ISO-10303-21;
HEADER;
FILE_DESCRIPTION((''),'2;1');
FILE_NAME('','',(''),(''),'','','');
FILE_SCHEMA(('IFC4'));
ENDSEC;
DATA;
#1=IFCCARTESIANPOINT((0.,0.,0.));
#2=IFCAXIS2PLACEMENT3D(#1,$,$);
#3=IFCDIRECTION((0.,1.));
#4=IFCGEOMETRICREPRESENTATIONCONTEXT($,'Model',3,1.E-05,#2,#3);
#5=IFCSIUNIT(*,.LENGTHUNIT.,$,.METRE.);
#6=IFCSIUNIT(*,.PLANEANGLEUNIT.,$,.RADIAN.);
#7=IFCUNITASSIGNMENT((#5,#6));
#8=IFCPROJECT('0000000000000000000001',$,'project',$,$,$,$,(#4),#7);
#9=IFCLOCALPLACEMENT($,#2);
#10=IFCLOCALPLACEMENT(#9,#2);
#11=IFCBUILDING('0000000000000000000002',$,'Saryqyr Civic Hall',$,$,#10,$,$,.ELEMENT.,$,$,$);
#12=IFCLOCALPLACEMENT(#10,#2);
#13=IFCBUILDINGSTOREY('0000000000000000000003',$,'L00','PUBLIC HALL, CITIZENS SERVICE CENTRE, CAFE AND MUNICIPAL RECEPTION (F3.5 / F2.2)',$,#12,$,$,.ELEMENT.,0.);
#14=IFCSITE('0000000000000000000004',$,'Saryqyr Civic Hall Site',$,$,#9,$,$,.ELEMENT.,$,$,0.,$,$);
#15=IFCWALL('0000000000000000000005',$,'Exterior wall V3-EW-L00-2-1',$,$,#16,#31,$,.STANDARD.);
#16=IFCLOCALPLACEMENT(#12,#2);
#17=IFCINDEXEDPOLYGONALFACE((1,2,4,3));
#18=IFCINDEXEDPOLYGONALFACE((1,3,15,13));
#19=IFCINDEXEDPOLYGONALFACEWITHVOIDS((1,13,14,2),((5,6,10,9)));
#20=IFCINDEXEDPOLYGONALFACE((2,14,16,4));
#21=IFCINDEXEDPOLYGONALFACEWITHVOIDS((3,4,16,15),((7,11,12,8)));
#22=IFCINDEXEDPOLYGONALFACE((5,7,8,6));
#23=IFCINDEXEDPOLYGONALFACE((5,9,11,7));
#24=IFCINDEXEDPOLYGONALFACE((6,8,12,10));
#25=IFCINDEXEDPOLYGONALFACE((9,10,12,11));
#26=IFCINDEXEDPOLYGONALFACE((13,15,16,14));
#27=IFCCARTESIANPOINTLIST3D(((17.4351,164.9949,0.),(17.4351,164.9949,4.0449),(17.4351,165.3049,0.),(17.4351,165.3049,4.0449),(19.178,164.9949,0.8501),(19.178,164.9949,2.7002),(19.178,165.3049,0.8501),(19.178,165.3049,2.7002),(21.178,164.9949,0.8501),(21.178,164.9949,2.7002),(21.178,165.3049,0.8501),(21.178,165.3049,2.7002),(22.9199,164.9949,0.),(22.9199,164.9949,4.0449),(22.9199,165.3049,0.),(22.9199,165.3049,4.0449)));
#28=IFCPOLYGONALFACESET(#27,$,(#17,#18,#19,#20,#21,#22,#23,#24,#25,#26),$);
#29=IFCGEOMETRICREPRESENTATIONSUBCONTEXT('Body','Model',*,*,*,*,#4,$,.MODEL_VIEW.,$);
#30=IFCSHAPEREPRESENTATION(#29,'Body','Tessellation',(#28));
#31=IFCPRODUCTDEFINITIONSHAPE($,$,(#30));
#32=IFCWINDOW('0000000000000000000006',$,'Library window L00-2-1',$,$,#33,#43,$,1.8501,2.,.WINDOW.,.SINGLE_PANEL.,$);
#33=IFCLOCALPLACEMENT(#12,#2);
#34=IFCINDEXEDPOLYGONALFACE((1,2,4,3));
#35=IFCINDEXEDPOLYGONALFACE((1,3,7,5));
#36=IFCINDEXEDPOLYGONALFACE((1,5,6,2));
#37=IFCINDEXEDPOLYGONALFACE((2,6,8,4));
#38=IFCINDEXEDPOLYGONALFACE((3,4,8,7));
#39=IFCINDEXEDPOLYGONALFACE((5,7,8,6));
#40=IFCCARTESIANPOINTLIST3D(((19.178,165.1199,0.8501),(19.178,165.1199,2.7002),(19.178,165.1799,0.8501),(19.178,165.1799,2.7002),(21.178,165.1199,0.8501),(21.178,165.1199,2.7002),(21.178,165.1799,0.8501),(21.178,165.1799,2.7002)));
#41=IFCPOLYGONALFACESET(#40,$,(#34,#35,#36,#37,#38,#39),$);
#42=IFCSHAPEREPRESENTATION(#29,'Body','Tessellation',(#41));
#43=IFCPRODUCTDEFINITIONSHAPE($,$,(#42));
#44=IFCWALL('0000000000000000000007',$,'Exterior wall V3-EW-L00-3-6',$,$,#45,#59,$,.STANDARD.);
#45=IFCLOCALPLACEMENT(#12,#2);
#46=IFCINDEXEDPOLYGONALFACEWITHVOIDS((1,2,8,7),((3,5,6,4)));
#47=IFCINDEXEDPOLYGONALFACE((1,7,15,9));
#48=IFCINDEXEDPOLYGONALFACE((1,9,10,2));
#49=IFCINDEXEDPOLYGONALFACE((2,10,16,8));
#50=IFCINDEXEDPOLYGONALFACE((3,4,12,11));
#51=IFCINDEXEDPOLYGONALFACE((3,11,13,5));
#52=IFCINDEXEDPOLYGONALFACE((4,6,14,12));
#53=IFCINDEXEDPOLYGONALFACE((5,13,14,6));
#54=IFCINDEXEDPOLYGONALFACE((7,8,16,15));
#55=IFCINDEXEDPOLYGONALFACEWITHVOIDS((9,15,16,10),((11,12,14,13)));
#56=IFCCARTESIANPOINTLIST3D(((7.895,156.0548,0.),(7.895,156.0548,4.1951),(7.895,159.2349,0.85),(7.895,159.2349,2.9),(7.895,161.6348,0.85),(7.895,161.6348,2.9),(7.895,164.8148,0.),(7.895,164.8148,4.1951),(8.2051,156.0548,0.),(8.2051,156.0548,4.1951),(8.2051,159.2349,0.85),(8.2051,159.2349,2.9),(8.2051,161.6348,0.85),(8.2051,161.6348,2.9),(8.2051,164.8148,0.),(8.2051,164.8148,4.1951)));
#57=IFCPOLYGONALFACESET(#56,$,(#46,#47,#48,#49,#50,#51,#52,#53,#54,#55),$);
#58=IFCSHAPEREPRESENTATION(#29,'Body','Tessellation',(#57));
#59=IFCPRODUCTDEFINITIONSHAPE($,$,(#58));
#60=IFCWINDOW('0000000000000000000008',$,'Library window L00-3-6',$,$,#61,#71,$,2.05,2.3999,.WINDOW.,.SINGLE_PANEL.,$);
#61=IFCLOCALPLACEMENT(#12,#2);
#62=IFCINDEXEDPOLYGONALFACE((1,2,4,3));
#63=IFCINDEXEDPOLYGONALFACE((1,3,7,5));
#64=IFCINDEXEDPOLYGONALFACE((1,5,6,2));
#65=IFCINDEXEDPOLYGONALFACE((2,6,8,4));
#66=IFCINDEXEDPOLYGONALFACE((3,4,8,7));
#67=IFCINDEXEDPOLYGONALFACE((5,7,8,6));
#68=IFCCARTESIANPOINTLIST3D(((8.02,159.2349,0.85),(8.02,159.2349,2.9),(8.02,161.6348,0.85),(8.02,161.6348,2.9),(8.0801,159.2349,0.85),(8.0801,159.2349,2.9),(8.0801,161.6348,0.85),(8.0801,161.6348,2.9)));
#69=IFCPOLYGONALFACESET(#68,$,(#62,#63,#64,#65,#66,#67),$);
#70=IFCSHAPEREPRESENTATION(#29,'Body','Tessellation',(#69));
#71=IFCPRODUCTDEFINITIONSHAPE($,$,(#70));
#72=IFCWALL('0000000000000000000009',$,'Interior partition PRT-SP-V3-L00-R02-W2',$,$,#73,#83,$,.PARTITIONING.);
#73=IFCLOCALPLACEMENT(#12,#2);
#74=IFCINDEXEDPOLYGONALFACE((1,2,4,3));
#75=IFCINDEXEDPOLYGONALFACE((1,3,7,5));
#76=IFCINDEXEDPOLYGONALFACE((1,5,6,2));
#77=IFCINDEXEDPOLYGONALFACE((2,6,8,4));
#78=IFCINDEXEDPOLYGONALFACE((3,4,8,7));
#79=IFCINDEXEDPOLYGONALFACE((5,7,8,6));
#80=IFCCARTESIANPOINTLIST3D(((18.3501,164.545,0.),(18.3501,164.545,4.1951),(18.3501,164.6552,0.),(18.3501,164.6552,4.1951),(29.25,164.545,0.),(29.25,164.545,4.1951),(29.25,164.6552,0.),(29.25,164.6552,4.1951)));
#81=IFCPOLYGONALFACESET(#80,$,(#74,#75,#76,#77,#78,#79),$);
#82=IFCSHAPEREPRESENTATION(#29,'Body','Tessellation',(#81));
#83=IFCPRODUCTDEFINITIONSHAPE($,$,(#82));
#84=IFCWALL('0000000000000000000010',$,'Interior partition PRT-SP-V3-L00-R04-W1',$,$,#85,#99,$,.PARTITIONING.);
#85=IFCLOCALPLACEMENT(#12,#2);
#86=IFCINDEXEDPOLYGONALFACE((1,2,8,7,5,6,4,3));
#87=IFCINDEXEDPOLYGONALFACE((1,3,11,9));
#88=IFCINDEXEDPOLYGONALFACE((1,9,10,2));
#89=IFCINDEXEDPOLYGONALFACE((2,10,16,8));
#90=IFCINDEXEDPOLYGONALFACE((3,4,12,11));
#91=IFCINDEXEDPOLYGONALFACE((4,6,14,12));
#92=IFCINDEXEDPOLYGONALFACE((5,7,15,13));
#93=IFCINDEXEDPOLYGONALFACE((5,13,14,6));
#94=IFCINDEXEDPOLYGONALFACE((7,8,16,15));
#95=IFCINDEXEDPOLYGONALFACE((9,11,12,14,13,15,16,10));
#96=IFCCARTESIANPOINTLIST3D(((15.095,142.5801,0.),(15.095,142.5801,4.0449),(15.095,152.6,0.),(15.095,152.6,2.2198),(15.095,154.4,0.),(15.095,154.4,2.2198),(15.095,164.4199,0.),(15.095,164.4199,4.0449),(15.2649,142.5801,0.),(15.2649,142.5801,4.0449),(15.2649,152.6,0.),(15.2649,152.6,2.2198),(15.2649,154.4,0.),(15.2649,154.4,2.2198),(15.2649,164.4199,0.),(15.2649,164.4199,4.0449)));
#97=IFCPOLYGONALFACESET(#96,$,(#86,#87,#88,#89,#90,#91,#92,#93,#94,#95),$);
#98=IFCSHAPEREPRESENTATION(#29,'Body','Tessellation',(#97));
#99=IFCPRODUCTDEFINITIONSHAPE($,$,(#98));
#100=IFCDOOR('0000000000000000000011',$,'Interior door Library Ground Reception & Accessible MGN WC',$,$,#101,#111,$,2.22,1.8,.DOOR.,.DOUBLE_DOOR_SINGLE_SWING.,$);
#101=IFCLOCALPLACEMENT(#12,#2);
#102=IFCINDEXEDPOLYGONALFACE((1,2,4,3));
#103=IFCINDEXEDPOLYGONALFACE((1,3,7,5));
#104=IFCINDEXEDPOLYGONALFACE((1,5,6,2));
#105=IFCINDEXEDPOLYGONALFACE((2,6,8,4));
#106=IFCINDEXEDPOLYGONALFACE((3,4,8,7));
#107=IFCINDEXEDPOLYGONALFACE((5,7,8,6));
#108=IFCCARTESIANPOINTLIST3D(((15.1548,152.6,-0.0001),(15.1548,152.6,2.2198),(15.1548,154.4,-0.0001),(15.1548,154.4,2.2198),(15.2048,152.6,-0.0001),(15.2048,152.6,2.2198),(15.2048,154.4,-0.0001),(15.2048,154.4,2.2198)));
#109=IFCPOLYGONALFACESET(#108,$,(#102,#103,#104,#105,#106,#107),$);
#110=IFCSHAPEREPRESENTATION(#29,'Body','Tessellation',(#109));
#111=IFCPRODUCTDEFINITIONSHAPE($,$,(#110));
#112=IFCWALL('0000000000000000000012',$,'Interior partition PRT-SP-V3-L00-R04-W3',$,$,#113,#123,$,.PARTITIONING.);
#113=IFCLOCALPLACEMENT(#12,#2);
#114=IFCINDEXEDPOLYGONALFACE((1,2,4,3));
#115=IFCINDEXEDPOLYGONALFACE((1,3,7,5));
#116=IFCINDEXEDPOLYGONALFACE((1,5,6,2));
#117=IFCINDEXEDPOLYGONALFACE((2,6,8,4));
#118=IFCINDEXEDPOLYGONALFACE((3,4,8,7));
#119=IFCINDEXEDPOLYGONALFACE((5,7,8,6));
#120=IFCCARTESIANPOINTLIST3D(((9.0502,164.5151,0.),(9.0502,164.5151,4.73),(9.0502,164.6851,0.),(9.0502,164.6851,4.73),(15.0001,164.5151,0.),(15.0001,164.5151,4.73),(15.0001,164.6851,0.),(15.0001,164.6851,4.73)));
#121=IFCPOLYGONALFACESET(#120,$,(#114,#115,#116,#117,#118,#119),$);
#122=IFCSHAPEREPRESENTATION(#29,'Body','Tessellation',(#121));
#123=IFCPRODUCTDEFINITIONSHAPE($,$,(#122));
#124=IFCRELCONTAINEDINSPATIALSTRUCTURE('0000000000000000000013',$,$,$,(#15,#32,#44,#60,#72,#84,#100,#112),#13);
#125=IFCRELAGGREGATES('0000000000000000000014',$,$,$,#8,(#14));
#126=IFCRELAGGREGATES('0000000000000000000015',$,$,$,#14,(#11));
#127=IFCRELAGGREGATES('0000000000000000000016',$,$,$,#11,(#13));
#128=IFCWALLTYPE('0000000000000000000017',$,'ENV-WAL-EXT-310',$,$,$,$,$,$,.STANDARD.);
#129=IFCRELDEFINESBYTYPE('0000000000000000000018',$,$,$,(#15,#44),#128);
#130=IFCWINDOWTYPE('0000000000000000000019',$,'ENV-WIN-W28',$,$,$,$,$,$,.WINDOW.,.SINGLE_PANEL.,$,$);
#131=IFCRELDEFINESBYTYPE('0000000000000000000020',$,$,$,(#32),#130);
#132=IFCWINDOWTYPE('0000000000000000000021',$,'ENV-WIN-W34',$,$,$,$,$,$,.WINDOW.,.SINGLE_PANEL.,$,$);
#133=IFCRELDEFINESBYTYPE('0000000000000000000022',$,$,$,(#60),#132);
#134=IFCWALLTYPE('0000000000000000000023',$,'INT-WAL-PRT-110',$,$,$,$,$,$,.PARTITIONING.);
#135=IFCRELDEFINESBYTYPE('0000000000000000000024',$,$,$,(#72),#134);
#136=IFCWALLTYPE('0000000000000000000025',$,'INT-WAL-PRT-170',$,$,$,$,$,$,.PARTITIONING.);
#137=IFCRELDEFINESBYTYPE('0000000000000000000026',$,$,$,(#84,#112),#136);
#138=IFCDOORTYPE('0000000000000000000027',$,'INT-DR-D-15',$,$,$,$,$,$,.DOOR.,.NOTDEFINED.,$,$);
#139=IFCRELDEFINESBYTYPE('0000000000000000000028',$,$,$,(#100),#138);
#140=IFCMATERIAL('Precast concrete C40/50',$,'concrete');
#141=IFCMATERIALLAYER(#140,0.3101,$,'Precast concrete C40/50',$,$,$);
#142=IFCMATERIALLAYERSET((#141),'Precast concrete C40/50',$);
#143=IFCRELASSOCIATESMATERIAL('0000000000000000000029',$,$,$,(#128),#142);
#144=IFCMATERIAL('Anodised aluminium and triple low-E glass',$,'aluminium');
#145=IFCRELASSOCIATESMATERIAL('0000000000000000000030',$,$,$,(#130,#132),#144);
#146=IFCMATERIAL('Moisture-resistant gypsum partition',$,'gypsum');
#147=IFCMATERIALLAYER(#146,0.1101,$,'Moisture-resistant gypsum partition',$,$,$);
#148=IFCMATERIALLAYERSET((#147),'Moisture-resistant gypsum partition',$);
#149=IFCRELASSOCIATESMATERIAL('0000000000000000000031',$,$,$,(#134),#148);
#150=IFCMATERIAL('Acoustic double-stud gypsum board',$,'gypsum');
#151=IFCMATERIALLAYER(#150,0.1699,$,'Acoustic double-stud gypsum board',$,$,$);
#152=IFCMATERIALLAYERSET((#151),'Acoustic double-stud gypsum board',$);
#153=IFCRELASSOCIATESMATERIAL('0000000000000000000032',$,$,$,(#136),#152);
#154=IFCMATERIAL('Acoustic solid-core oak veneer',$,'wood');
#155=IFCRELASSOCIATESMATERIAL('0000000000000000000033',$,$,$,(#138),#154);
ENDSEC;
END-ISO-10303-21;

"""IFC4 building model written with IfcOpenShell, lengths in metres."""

from ifc_helpers import new_model, si_unit, direction, frame, frame_2d, origin, place, context, subcontext, project, spatial, rectangle, extrude, material, layer, layer_set, type_object, element, fill, save


model = new_model("IFC4")

# Units and contexts
model_context = context("Model", 3, precision=1e-05, world=origin(), true_north=direction((0.0, 1.0)))
body_context = subcontext(model_context, "Body", "Model", "MODEL_VIEW")
ifc_project = project(units=[si_unit("LENGTHUNIT", "METRE"), si_unit("PLANEANGLEUNIT", "RADIAN")], contexts=[model_context])

# Site, building, storey
site_placement = place(None, origin())
site = spatial("IfcSite", under=ifc_project, at=site_placement, Name="Saryqyr Civic Hall Site", CompositionType="ELEMENT", RefElevation=0.0)
building_placement = place(site_placement, origin())
building = spatial("IfcBuilding", under=site, at=building_placement, Name="Saryqyr Civic Hall", CompositionType="ELEMENT")
storey_placement = place(building_placement, origin())
storey = spatial("IfcBuildingStorey", under=building, at=storey_placement, Name="L00", Description="PUBLIC HALL, CITIZENS SERVICE CENTRE, CAFE AND MUNICIPAL RECEPTION (F3.5 / F2.2)", CompositionType="ELEMENT", Elevation=0.0)

# Walls, openings, windows
ifc_material_1 = material(Name="Precast concrete C40/50", Category="concrete")
ifc_layer_1 = layer(ifc_material_1, 0.3101, Name="Precast concrete C40/50")
ifc_layer_set_1 = layer_set([ifc_layer_1], Name="Precast concrete C40/50")
wall_type_1 = type_object("IfcWallType", Name="ENV-WAL-EXT-310", PredefinedType="STANDARD", material=ifc_layer_set_1)
ifc_material_2 = material(Name="Anodised aluminium and triple low-E glass", Category="aluminium")
wall_1_placement = place(storey_placement, frame((17.4351, 165.1499, 0.0), z_axis=(0.0, 0.0, 1.0), x_axis=(1.0, 0.0, 0.0)))
wall_1 = element("IfcWall", 1, at=wall_1_placement, inside=storey, type_object=wall_type_1, Name="Exterior wall V3-EW-L00-2-1", PredefinedType="STANDARD", context=body_context, shape_type="SweptSolid", body=[
    extrude(rectangle(XDim=5.4849, YDim=0.3101, at=frame_2d((2.7424, 0.0))), origin(), (0.0, 0.0, 1.0), 4.0449),
])
opening_1_placement = place(wall_1_placement, frame((1.7429, 0.0, 0.8501)))
opening_1 = element("IfcOpeningElement", 2, at=opening_1_placement, cuts=wall_1, PredefinedType="OPENING", context=body_context, shape_type="SweptSolid", body=[
    extrude(rectangle(XDim=2.0, YDim=1.8501, at=frame_2d((1.0, 0.925))), frame((0.0, 0.165, 0.0), z_axis=(0.0, -1.0, 0.0), x_axis=(1.0, 0.0, 0.0)), (0.0, 0.0, 1.0), 0.3301),
])
window_type_1 = type_object("IfcWindowType", Name="ENV-WIN-W28", PartitioningType="SINGLE_PANEL", PredefinedType="WINDOW", material=ifc_material_2)
window_1_placement = place(opening_1_placement, origin())
window_1 = element("IfcWindow", 3, at=window_1_placement, inside=storey, type_object=window_type_1, Name="Library window L00-2-1", OverallHeight=1.8501, OverallWidth=2.0, PartitioningType="SINGLE_PANEL", PredefinedType="WINDOW", context=body_context, shape_type="SweptSolid", body=[
    extrude(rectangle(XDim=2.0, YDim=1.8501, at=frame_2d((1.0, 0.925))), frame((0.0, 0.03, 0.0), z_axis=(0.0, -1.0, 0.0), x_axis=(1.0, 0.0, 0.0)), (0.0, 0.0, 1.0), 0.0601),
])
fill(opening_1, window_1)
wall_2_placement = place(storey_placement, frame((8.05, 156.0549, 0.0), z_axis=(0.0, 0.0, 1.0), x_axis=(0.0, 1.0, 0.0)))
wall_2 = element("IfcWall", 4, at=wall_2_placement, inside=storey, type_object=wall_type_1, Name="Exterior wall V3-EW-L00-3-6", PredefinedType="STANDARD", context=body_context, shape_type="SweptSolid", body=[
    extrude(rectangle(XDim=8.76, YDim=0.3101, at=frame_2d((4.3799, 0.0))), origin(), (0.0, 0.0, 1.0), 4.1951),
])
opening_2_placement = place(wall_2_placement, frame((3.1799, 0.0, 0.8501)))
opening_2 = element("IfcOpeningElement", 5, at=opening_2_placement, cuts=wall_2, PredefinedType="OPENING", context=body_context, shape_type="SweptSolid", body=[
    extrude(rectangle(XDim=2.3999, YDim=2.05, at=frame_2d((1.2, 1.0249))), frame((0.0, 0.165, 0.0), z_axis=(0.0, -1.0, 0.0), x_axis=(1.0, 0.0, 0.0)), (0.0, 0.0, 1.0), 0.3301),
])
window_type_2 = type_object("IfcWindowType", Name="ENV-WIN-W34", PartitioningType="SINGLE_PANEL", PredefinedType="WINDOW", material=ifc_material_2)
window_2_placement = place(opening_2_placement, origin())
window_2 = element("IfcWindow", 6, at=window_2_placement, inside=storey, type_object=window_type_2, Name="Library window L00-3-6", OverallHeight=2.05, OverallWidth=2.3999, PartitioningType="SINGLE_PANEL", PredefinedType="WINDOW", context=body_context, shape_type="SweptSolid", body=[
    extrude(rectangle(XDim=2.3999, YDim=2.05, at=frame_2d((1.2, 1.0249))), frame((0.0, 0.03, 0.0), z_axis=(0.0, -1.0, 0.0), x_axis=(1.0, 0.0, 0.0)), (0.0, 0.0, 1.0), 0.0601),
])
fill(opening_2, window_2)

# Wall
ifc_material_3 = material(Name="Moisture-resistant gypsum partition", Category="gypsum")
ifc_layer_2 = layer(ifc_material_3, 0.1101, Name="Moisture-resistant gypsum partition")
ifc_layer_set_2 = layer_set([ifc_layer_2], Name="Moisture-resistant gypsum partition")
wall_type_2 = type_object("IfcWallType", Name="INT-WAL-PRT-110", PredefinedType="PARTITIONING", material=ifc_layer_set_2)
wall_3_placement = place(storey_placement, frame((18.3501, 164.6001, 0.0), z_axis=(0.0, 0.0, 1.0), x_axis=(1.0, 0.0, 0.0)))
element("IfcWall", 7, at=wall_3_placement, inside=storey, type_object=wall_type_2, Name="Interior partition PRT-SP-V3-L00-R02-W2", PredefinedType="PARTITIONING", context=body_context, shape_type="SweptSolid", body=[
    extrude(rectangle(XDim=10.8999, YDim=0.1101, at=frame_2d((5.45, 0.0))), origin(), (0.0, 0.0, 1.0), 4.1951),
])

# Wall, opening, door
ifc_material_4 = material(Name="Acoustic double-stud gypsum board", Category="gypsum")
ifc_layer_3 = layer(ifc_material_4, 0.1699, Name="Acoustic double-stud gypsum board")
ifc_layer_set_3 = layer_set([ifc_layer_3], Name="Acoustic double-stud gypsum board")
wall_type_3 = type_object("IfcWallType", Name="INT-WAL-PRT-170", PredefinedType="PARTITIONING", material=ifc_layer_set_3)
wall_4_placement = place(storey_placement, frame((15.1799, 164.4199, 0.0), z_axis=(0.0, 0.0, 1.0), x_axis=(0.0, -1.0, 0.0)))
wall_4 = element("IfcWall", 8, at=wall_4_placement, inside=storey, type_object=wall_type_3, Name="Interior partition PRT-SP-V3-L00-R04-W1", PredefinedType="PARTITIONING", context=body_context, shape_type="SweptSolid", body=[
    extrude(rectangle(XDim=21.8398, YDim=0.1699, at=frame_2d((10.9199, 0.0))), origin(), (0.0, 0.0, 1.0), 4.0449),
])
opening_3_placement = place(wall_4_placement, frame((10.02, 0.0, 0.0)))
opening_3 = element("IfcOpeningElement", 9, at=opening_3_placement, cuts=wall_4, PredefinedType="OPENING", context=body_context, shape_type="SweptSolid", body=[
    extrude(rectangle(XDim=1.8, YDim=2.22, at=frame_2d((0.8999, 1.1099))), frame((0.0, 0.095, 0.0), z_axis=(0.0, -1.0, 0.0), x_axis=(1.0, 0.0, 0.0)), (0.0, 0.0, 1.0), 0.1899),
])
ifc_material_5 = material(Name="Acoustic solid-core oak veneer", Category="wood")
door_type = type_object("IfcDoorType", Name="INT-DR-D-15", OperationType="NOTDEFINED", PredefinedType="DOOR", material=ifc_material_5)
door_placement = place(opening_3_placement, origin())
door = element("IfcDoor", 10, at=door_placement, inside=storey, type_object=door_type, Name="Interior door Library Ground Reception & Accessible MGN WC", OperationType="DOUBLE_DOOR_SINGLE_SWING", OverallHeight=2.22, OverallWidth=1.8, PredefinedType="DOOR", context=body_context, shape_type="SweptSolid", body=[
    extrude(rectangle(XDim=1.8, YDim=2.22, at=frame_2d((0.8999, 1.1099))), frame((0.0, 0.0249, 0.0), z_axis=(0.0, -1.0, 0.0), x_axis=(1.0, 0.0, 0.0)), (0.0, 0.0, 1.0), 0.05),
])
fill(opening_3, door)

# Wall
wall_5_placement = place(storey_placement, frame((9.05, 164.6001, 0.0), z_axis=(0.0, 0.0, 1.0), x_axis=(1.0, 0.0, 0.0)))
element("IfcWall", 11, at=wall_5_placement, inside=storey, type_object=wall_type_3, Name="Interior partition PRT-SP-V3-L00-R04-W3", PredefinedType="PARTITIONING", context=body_context, shape_type="SweptSolid", body=[
    extrude(rectangle(XDim=5.95, YDim=0.1699, at=frame_2d((2.9751, 0.0))), origin(), (0.0, 0.0, 1.0), 4.73),
])

save(model, "model.ifc")
